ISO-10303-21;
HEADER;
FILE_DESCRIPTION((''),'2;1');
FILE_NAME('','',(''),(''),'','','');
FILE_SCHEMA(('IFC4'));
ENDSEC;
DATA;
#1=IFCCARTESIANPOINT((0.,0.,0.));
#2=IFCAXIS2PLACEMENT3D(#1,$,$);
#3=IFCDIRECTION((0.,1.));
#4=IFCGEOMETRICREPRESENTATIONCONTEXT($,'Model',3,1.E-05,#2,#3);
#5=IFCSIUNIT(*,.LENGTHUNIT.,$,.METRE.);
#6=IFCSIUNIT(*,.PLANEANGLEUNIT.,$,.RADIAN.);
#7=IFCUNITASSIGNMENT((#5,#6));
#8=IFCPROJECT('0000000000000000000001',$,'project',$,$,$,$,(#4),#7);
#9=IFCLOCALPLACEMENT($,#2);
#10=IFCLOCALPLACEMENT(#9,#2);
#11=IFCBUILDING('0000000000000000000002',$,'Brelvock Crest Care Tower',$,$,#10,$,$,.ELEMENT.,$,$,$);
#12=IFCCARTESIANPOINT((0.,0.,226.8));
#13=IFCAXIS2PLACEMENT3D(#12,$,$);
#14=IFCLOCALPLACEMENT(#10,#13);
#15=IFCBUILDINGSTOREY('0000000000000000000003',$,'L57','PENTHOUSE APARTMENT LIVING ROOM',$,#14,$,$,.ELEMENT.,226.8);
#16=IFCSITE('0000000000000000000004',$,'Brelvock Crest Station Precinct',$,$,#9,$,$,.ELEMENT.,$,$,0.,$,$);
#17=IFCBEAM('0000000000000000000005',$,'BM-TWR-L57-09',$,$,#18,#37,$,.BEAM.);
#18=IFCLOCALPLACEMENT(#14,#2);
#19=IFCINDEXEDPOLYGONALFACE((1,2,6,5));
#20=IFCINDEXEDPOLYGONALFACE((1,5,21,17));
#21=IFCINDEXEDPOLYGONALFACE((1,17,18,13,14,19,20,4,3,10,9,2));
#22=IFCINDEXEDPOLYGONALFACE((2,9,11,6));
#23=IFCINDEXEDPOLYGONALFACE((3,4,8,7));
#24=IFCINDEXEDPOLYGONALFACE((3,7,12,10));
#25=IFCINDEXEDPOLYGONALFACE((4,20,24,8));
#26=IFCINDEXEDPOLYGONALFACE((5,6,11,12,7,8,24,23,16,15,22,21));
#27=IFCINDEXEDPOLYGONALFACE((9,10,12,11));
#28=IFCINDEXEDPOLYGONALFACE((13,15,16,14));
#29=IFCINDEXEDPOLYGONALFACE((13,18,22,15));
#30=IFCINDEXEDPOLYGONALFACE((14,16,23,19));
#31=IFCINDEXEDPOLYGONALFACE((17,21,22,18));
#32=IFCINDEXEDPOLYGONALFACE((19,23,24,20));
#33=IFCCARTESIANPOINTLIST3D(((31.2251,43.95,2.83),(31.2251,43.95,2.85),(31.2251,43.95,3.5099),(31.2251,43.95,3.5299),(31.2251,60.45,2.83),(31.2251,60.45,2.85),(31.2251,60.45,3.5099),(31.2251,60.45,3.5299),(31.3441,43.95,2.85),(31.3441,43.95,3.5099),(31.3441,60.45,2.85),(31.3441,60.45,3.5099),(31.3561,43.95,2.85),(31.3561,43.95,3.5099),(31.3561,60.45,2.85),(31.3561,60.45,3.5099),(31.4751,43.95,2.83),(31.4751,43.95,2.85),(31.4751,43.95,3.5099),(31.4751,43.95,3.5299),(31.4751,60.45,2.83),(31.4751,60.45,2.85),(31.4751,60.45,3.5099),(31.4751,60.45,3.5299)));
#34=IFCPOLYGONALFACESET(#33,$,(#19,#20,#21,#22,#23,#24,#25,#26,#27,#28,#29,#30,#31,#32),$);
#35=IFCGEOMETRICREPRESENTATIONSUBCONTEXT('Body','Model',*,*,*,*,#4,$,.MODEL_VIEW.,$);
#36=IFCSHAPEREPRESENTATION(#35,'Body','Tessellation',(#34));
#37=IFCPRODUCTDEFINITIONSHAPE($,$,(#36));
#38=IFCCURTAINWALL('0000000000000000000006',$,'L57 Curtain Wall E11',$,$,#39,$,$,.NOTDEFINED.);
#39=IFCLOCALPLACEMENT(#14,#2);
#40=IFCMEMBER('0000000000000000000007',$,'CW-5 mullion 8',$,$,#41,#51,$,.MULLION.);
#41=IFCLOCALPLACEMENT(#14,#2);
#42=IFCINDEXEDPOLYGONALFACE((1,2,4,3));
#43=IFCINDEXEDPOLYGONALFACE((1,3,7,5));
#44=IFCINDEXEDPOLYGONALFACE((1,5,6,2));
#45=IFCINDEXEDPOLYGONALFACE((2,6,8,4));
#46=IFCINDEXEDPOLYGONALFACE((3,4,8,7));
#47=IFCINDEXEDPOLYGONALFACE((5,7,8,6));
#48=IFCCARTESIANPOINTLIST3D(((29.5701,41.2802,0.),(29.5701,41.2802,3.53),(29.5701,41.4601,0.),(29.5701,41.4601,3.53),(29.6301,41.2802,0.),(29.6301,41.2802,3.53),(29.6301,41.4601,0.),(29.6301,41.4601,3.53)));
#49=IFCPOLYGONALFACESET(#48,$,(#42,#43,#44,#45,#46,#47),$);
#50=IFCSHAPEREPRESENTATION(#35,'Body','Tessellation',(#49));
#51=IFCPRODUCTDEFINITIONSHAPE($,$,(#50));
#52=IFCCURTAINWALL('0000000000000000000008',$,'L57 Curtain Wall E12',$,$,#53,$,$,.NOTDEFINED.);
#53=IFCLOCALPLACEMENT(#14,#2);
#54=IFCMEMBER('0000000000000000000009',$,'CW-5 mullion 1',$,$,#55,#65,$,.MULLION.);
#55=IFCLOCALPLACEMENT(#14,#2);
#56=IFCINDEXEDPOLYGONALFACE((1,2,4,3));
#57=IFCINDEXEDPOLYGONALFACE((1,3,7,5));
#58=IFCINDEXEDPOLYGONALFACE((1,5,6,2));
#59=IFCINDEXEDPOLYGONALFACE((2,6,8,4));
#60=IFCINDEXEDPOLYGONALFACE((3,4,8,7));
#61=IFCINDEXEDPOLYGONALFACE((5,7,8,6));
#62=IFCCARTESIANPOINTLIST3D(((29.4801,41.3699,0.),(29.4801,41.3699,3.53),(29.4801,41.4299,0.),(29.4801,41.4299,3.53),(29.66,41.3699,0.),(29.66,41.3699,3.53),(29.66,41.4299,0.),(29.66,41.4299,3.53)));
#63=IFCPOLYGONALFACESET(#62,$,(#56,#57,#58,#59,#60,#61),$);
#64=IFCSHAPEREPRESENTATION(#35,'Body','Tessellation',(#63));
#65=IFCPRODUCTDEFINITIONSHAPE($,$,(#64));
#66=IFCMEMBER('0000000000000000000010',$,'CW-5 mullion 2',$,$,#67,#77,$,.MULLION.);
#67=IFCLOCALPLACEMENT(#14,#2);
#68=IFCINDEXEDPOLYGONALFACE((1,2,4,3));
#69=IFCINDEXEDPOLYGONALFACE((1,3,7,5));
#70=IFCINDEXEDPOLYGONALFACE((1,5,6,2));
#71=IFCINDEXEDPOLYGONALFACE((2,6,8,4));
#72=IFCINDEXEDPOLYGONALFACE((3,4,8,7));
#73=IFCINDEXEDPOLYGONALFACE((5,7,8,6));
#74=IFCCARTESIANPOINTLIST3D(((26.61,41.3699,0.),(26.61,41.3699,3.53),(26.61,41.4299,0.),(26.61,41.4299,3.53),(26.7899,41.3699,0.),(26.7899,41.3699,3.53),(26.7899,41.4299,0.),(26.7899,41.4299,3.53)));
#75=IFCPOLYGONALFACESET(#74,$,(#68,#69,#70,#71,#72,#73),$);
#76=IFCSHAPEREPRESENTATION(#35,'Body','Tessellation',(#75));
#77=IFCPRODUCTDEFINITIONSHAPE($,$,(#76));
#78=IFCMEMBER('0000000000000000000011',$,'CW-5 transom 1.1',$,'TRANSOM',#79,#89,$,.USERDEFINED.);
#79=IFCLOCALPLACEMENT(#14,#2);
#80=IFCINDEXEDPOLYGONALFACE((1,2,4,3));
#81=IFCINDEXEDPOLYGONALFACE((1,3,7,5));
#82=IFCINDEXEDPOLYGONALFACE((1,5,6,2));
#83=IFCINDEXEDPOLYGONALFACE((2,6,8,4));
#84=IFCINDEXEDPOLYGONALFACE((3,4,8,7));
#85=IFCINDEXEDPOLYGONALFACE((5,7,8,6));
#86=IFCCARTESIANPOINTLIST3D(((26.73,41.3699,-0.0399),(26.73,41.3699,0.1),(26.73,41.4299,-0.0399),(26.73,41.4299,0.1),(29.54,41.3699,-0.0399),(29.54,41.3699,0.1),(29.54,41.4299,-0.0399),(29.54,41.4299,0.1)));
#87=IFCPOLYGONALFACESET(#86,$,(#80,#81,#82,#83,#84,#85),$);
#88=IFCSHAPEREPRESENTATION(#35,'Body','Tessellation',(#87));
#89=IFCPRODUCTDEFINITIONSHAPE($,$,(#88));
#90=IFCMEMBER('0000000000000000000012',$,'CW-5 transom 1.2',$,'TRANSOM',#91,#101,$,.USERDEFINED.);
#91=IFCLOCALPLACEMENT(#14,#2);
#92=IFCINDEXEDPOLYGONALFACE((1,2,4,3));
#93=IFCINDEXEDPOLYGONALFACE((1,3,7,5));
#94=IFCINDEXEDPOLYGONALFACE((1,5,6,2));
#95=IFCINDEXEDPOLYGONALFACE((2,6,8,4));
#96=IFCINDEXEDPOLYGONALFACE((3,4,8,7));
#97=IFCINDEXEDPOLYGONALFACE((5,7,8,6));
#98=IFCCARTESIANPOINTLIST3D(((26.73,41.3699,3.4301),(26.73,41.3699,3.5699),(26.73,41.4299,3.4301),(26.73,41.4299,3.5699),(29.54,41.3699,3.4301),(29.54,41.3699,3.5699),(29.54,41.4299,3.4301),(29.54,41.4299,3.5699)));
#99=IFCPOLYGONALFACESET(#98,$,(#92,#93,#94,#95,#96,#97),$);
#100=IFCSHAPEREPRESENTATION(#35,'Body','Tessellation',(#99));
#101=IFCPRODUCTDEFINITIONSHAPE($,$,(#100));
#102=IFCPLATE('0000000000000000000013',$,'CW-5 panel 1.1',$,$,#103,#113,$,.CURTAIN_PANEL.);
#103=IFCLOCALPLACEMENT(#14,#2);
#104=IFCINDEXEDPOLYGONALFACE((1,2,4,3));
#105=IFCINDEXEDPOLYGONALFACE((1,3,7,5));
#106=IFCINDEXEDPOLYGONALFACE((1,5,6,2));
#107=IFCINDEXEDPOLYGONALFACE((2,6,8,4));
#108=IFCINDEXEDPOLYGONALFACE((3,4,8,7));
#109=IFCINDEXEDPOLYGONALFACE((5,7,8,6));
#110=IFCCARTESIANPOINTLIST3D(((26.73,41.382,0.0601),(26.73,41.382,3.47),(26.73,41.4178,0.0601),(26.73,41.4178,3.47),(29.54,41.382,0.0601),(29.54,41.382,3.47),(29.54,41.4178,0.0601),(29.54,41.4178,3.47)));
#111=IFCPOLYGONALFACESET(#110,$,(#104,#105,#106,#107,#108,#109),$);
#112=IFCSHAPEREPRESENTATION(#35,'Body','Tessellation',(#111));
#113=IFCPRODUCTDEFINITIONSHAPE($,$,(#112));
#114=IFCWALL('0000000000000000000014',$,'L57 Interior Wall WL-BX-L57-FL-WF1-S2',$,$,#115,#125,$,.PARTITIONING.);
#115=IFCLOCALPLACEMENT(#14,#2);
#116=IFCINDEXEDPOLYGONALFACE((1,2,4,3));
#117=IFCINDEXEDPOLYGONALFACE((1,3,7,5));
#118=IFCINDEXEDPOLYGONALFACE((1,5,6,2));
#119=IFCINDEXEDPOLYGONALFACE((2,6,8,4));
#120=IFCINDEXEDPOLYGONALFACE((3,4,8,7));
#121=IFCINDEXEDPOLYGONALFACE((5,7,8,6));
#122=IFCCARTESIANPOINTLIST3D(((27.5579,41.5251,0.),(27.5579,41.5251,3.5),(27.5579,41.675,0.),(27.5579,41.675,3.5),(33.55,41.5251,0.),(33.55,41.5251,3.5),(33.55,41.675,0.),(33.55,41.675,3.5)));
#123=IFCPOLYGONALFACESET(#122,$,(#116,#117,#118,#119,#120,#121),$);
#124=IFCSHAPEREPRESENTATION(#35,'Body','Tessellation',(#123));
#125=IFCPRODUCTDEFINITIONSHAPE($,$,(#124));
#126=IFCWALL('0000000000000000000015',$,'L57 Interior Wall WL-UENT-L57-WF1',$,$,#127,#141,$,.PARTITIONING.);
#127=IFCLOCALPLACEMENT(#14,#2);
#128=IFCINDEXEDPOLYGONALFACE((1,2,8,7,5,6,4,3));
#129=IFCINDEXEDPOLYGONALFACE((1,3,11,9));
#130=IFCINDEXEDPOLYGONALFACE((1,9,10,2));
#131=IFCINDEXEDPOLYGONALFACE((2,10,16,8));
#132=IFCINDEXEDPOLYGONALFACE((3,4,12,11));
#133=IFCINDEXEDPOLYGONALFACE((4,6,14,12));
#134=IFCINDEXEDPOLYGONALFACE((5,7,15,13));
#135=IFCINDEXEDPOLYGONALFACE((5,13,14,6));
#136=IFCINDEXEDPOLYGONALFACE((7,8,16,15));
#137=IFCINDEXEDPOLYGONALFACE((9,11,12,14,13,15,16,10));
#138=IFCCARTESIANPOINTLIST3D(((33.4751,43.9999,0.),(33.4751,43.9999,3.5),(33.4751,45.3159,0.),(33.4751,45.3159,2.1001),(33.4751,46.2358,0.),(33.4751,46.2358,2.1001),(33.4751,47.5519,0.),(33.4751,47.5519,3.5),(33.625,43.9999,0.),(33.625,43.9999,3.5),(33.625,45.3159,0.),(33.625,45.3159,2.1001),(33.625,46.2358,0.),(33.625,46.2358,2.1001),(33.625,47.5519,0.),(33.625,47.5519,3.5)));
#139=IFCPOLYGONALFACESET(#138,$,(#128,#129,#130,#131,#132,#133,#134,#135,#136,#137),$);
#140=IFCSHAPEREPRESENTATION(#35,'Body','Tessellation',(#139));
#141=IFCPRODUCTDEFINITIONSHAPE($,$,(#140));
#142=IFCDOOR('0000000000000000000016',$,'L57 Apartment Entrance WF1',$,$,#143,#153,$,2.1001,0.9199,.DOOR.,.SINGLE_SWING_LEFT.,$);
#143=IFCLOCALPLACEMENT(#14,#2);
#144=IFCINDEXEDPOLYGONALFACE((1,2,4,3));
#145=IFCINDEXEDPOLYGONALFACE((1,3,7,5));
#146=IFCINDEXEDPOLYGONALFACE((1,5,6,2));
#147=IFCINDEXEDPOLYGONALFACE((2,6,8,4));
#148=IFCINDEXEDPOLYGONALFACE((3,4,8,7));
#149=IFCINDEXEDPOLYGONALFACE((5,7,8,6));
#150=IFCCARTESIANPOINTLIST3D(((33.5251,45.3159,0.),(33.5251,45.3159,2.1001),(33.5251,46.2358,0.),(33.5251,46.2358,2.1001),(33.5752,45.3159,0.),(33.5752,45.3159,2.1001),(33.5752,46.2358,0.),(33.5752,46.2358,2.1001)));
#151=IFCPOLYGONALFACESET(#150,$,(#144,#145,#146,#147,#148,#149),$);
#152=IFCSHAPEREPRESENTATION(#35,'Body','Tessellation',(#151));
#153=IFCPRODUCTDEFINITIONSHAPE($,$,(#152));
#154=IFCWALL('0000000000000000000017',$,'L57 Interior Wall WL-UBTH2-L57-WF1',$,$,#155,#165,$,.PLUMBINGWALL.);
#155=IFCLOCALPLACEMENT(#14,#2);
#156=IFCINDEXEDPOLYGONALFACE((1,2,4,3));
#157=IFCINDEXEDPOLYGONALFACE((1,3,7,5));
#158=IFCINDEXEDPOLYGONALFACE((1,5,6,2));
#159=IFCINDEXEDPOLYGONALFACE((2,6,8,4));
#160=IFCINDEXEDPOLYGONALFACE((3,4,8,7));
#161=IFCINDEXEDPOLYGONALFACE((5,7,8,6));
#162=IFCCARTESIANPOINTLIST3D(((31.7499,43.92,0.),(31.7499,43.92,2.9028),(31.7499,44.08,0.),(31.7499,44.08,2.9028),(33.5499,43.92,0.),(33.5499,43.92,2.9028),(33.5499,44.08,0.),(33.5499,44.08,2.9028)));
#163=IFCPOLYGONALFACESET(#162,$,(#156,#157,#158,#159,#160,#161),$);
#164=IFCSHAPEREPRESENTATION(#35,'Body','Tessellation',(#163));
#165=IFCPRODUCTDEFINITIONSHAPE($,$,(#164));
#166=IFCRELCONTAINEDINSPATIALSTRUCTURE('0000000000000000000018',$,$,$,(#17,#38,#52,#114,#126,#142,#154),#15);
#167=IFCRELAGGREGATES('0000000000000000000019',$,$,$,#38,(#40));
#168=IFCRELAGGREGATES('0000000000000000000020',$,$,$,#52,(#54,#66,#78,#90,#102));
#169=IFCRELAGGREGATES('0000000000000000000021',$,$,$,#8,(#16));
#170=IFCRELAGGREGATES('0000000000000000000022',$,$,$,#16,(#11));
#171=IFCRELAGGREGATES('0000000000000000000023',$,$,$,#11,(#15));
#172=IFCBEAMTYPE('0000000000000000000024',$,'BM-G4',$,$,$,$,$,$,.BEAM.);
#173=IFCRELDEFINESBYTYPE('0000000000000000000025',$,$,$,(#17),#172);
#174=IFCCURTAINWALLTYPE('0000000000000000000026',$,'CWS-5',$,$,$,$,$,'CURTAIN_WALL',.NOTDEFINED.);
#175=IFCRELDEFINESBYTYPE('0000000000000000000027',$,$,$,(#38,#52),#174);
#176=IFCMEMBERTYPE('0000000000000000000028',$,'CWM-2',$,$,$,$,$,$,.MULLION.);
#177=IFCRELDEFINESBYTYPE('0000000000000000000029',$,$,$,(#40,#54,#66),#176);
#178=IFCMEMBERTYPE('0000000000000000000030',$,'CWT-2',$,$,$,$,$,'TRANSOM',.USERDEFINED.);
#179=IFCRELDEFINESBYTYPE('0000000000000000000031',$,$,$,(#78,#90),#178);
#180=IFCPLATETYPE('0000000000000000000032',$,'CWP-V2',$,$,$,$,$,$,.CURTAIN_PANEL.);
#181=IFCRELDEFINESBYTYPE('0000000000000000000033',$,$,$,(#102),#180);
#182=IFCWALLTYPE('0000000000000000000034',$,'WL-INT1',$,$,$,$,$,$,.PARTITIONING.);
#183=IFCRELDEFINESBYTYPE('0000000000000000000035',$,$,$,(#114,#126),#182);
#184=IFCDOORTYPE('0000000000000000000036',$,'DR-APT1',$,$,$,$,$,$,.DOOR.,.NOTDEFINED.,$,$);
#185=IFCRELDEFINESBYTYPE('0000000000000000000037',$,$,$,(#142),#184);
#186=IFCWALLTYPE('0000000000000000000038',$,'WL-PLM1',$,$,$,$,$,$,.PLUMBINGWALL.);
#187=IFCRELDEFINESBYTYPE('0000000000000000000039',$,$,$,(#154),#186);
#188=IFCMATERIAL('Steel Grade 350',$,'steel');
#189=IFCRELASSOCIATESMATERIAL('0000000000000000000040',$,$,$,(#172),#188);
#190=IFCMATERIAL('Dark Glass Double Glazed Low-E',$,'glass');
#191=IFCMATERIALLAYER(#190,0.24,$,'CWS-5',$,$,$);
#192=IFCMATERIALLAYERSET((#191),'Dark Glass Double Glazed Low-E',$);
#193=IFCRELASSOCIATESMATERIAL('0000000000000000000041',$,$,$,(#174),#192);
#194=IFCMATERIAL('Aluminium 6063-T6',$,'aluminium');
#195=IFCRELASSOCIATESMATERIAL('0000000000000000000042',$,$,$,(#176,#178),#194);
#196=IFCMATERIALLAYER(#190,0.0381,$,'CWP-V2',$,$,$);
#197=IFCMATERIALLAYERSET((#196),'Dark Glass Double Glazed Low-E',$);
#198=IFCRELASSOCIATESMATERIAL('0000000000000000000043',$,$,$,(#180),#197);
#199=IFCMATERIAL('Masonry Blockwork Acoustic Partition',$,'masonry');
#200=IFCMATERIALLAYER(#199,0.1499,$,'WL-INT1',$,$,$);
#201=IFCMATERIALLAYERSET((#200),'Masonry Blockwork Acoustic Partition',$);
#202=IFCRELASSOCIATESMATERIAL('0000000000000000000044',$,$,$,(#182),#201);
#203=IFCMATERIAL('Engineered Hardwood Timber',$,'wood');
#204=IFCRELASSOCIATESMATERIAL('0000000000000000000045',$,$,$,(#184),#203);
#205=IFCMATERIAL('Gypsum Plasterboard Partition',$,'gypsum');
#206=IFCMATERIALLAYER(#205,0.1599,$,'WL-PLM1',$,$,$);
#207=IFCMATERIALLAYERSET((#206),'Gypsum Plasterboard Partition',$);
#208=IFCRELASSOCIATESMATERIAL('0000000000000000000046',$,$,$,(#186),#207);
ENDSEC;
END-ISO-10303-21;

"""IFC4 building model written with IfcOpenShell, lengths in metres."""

from ifc_helpers import new_model, si_unit, direction, frame, frame_2d, origin, origin_2d, place, context, subcontext, project, spatial, rectangle, i_section, extrude, source, transform, mapped, material, layer, layer_set, material_profile, profile_set, type_object, element, fill, aggregate, save


model = new_model("IFC4")

# Units and contexts
model_context = context("Model", 3, precision=1e-05, world=origin(), true_north=direction((0.0, 1.0)))
body_context = subcontext(model_context, "Body", "Model", "MODEL_VIEW")
ifc_project = project(units=[si_unit("LENGTHUNIT", "METRE"), si_unit("PLANEANGLEUNIT", "RADIAN")], contexts=[model_context])

# Site, building, storey
site_placement = place(None, origin())
site = spatial("IfcSite", under=ifc_project, at=site_placement, Name="Brelvock Crest Station Precinct", CompositionType="ELEMENT", RefElevation=0.0)
building_placement = place(site_placement, origin())
building = spatial("IfcBuilding", under=site, at=building_placement, Name="Brelvock Crest Care Tower", CompositionType="ELEMENT")
storey_placement = place(building_placement, frame((0.0, 0.0, 226.8)))
storey = spatial("IfcBuildingStorey", under=building, at=storey_placement, Name="L57", Description="PENTHOUSE APARTMENT LIVING ROOM", CompositionType="ELEMENT", Elevation=226.8)

# Shared definitions
ifc_material_1 = material(Name="Steel Grade 350", Category="steel")

# Beam
ifc_material_profile_1 = material_profile(ifc_material_1, i_section(OverallWidth=0.25, OverallDepth=0.7, WebThickness=0.012, FlangeThickness=0.02, at=origin_2d()), Name="700WB150")
ifc_profile_set_1 = profile_set([ifc_material_profile_1], Name="Steel Grade 350")
beam_type_1 = type_object("IfcBeamType", Name="BM-G4", PredefinedType="BEAM", material=ifc_profile_set_1)
shared_shape_1 = source(origin(), body_context, "Body", "SweptSolid", [
    extrude(i_section(OverallWidth=0.25, OverallDepth=0.7, WebThickness=0.012, FlangeThickness=0.02, at=origin_2d()), origin(), (0.0, 0.0, 1.0), 16.5),
])
beam_1_placement = place(storey_placement, frame((31.3501, 43.95, 3.1799), z_axis=(0.0, 1.0, 0.0), x_axis=(-1.0, 0.0, 0.0)))
element("IfcBeam", 1, at=beam_1_placement, inside=storey, type_object=beam_type_1, Name="BM-TWR-L57-09", PredefinedType="BEAM", context=body_context, shape_type="MappedRepresentation", body=[
    mapped(shared_shape_1, transform((0.0, 0.0, 0.0), x_axis=(1.0, 0.0, 0.0), y_axis=(0.0, 1.0, 0.0), z_axis=(0.0, 0.0, 1.0), scale=1.0)),
])

# Curtain wall, member
ifc_material_2 = material(Name="Dark Glass Double Glazed Low-E", Category="glass")
ifc_layer_1 = layer(ifc_material_2, 0.24, Name="CWS-5")
ifc_layer_set_1 = layer_set([ifc_layer_1], Name="Dark Glass Double Glazed Low-E")
curtain_wall_type = type_object("IfcCurtainWallType", Name="CWS-5", ElementType="CURTAIN_WALL", PredefinedType="NOTDEFINED", material=ifc_layer_set_1)
curtain_wall_1_placement = place(storey_placement, origin())
curtain_wall_1 = element("IfcCurtainWall", 2, at=curtain_wall_1_placement, inside=storey, type_object=curtain_wall_type, Name="L57 Curtain Wall E11", PredefinedType="NOTDEFINED")
ifc_material_3 = material(Name="Aluminium 6063-T6", Category="aluminium")
ifc_material_profile_2 = material_profile(ifc_material_3, rectangle(XDim=0.0601, YDim=0.1799, at=origin_2d()), Name="ALU60x180")
ifc_profile_set_2 = profile_set([ifc_material_profile_2], Name="Aluminium 6063-T6")
member_type_1 = type_object("IfcMemberType", Name="CWM-2", PredefinedType="MULLION", material=ifc_profile_set_2)
shared_shape_2 = source(origin(), body_context, "Body", "SweptSolid", [
    extrude(rectangle(XDim=0.0601, YDim=0.1799, at=origin_2d()), origin(), (0.0, 0.0, 1.0), 3.53),
])
member_1_placement = place(storey_placement, frame((29.6001, 41.3701, 0.0), z_axis=(0.0, 0.0, 1.0), x_axis=(-1.0, 0.0, 0.0)))
member_1 = element("IfcMember", 3, at=member_1_placement, type_object=member_type_1, Name="CW-5 mullion 8", PredefinedType="MULLION", context=body_context, shape_type="MappedRepresentation", body=[
    mapped(shared_shape_2, transform((0.0, 0.0, 0.0), x_axis=(1.0, 0.0, 0.0), y_axis=(0.0, 1.0, 0.0), z_axis=(0.0, 0.0, 1.0), scale=1.0)),
])
aggregate(curtain_wall_1, [member_1])

# Curtain wall, members, plate
curtain_wall_2_placement = place(storey_placement, origin())
curtain_wall_2 = element("IfcCurtainWall", 4, at=curtain_wall_2_placement, inside=storey, type_object=curtain_wall_type, Name="L57 Curtain Wall E12", PredefinedType="NOTDEFINED")
member_2_placement = place(storey_placement, frame((29.5701, 41.3999, 0.0), z_axis=(0.0, 0.0, 1.0), x_axis=(0.0, -1.0, 0.0)))
member_2 = element("IfcMember", 5, at=member_2_placement, type_object=member_type_1, Name="CW-5 mullion 1", PredefinedType="MULLION", context=body_context, shape_type="MappedRepresentation", body=[
    mapped(shared_shape_2, transform((0.0, 0.0, 0.0), x_axis=(1.0, 0.0, 0.0), y_axis=(0.0, 1.0, 0.0), z_axis=(0.0, 0.0, 1.0), scale=1.0)),
])
member_3_placement = place(storey_placement, frame((26.7, 41.3999, 0.0), z_axis=(0.0, 0.0, 1.0), x_axis=(0.0, -1.0, 0.0)))
member_3 = element("IfcMember", 6, at=member_3_placement, type_object=member_type_1, Name="CW-5 mullion 2", PredefinedType="MULLION", context=body_context, shape_type="MappedRepresentation", body=[
    mapped(shared_shape_2, transform((0.0, 0.0, 0.0), x_axis=(1.0, 0.0, 0.0), y_axis=(0.0, 1.0, 0.0), z_axis=(0.0, 0.0, 1.0), scale=1.0)),
])
ifc_material_profile_3 = material_profile(ifc_material_3, rectangle(XDim=0.0601, YDim=0.1399, at=origin_2d()), Name="ALU60x140")
ifc_profile_set_3 = profile_set([ifc_material_profile_3], Name="Aluminium 6063-T6")
member_type_2 = type_object("IfcMemberType", Name="CWT-2", ElementType="TRANSOM", PredefinedType="USERDEFINED", material=ifc_profile_set_3)
shared_shape_3 = source(origin(), body_context, "Body", "SweptSolid", [
    extrude(rectangle(XDim=0.0601, YDim=0.1399, at=origin_2d()), origin(), (0.0, 0.0, 1.0), 2.8101),
])
member_4_placement = place(storey_placement, frame((29.54, 41.3999, 0.03), z_axis=(-1.0, 0.0, 0.0), x_axis=(0.0, -1.0, 0.0)))
member_4 = element("IfcMember", 7, at=member_4_placement, type_object=member_type_2, Name="CW-5 transom 1.1", ObjectType="TRANSOM", PredefinedType="USERDEFINED", context=body_context, shape_type="MappedRepresentation", body=[
    mapped(shared_shape_3, transform((0.0, 0.0, 0.0), x_axis=(1.0, 0.0, 0.0), y_axis=(0.0, 1.0, 0.0), z_axis=(0.0, 0.0, 1.0), scale=1.0)),
])
member_5_placement = place(storey_placement, frame((29.54, 41.3999, 3.5), z_axis=(-1.0, 0.0, 0.0), x_axis=(0.0, -1.0, 0.0)))
member_5 = element("IfcMember", 8, at=member_5_placement, type_object=member_type_2, Name="CW-5 transom 1.2", ObjectType="TRANSOM", PredefinedType="USERDEFINED", context=body_context, shape_type="MappedRepresentation", body=[
    mapped(shared_shape_3, transform((0.0, 0.0, 0.0), x_axis=(1.0, 0.0, 0.0), y_axis=(0.0, 1.0, 0.0), z_axis=(0.0, 0.0, 1.0), scale=1.0)),
])
ifc_layer_2 = layer(ifc_material_2, 0.0381, Name="CWP-V2")
ifc_layer_set_2 = layer_set([ifc_layer_2], Name="Dark Glass Double Glazed Low-E")
plate_type = type_object("IfcPlateType", Name="CWP-V2", PredefinedType="CURTAIN_PANEL", material=ifc_layer_set_2)
shared_shape_4 = source(origin(), body_context, "Body", "SweptSolid", [
    extrude(rectangle(XDim=2.8101, YDim=0.0359, at=origin_2d()), origin(), (0.0, 0.0, 1.0), 3.4099),
])
plate_placement = place(storey_placement, frame((28.135, 41.3999, 0.0601), z_axis=(0.0, 0.0, 1.0), x_axis=(-1.0, 0.0, 0.0)))
plate = element("IfcPlate", 9, at=plate_placement, type_object=plate_type, Name="CW-5 panel 1.1", PredefinedType="CURTAIN_PANEL", context=body_context, shape_type="MappedRepresentation", body=[
    mapped(shared_shape_4, transform((0.0, 0.0, 0.0), x_axis=(1.0, 0.0, 0.0), y_axis=(0.0, 1.0, 0.0), z_axis=(0.0, 0.0, 1.0), scale=1.0)),
])
aggregate(curtain_wall_2, [member_2, member_3, member_4, member_5, plate])

# Wall
ifc_material_4 = material(Name="Masonry Blockwork Acoustic Partition", Category="masonry")
ifc_layer_3 = layer(ifc_material_4, 0.1499, Name="WL-INT1")
ifc_layer_set_3 = layer_set([ifc_layer_3], Name="Masonry Blockwork Acoustic Partition")
wall_type_1 = type_object("IfcWallType", Name="WL-INT1", PredefinedType="PARTITIONING", material=ifc_layer_set_3)
wall_1_placement = place(storey_placement, frame((27.5579, 41.6001, 0.0), z_axis=(0.0, 0.0, 1.0), x_axis=(1.0, 0.0, 0.0)))
element("IfcWall", 10, at=wall_1_placement, inside=storey, type_object=wall_type_1, Name="L57 Interior Wall WL-BX-L57-FL-WF1-S2", PredefinedType="PARTITIONING", context=body_context, shape_type="SweptSolid", body=[
    extrude(rectangle(XDim=5.9922, YDim=0.1499, at=frame_2d((2.9961, 0.0))), origin(), (0.0, 0.0, 1.0), 3.5),
])

# Wall, opening, door
wall_2_placement = place(storey_placement, frame((33.55, 44.0, 0.0), z_axis=(0.0, 0.0, 1.0), x_axis=(0.0, 1.0, 0.0)))
wall_2 = element("IfcWall", 11, at=wall_2_placement, inside=storey, type_object=wall_type_1, Name="L57 Interior Wall WL-UENT-L57-WF1", PredefinedType="PARTITIONING", context=body_context, shape_type="SweptSolid", body=[
    extrude(rectangle(XDim=3.552, YDim=0.1499, at=frame_2d((1.7759, 0.0))), origin(), (0.0, 0.0, 1.0), 3.5),
])
opening_1_placement = place(wall_2_placement, frame((1.3159, 0.0, 0.0)))
opening_1 = element("IfcOpeningElement", 12, at=opening_1_placement, cuts=wall_2, PredefinedType="OPENING", context=body_context, shape_type="SweptSolid", body=[
    extrude(rectangle(XDim=0.9199, YDim=2.1001, at=origin_2d()), frame((0.46, 0.085, 1.05), z_axis=(0.0, -1.0, 0.0), x_axis=(1.0, 0.0, 0.0)), (0.0, 0.0, 1.0), 0.1699),
])
ifc_material_5 = material(Name="Engineered Hardwood Timber", Category="wood")
door_type_1 = type_object("IfcDoorType", Name="DR-APT1", OperationType="NOTDEFINED", PredefinedType="DOOR", material=ifc_material_5)
shared_shape_5 = source(origin(), body_context, "Body", "SweptSolid", [
    extrude(rectangle(XDim=0.9199, YDim=2.1001, at=origin_2d()), frame((0.46, 0.0249, 1.05), z_axis=(0.0, -1.0, 0.0), x_axis=(1.0, 0.0, 0.0)), (0.0, 0.0, 1.0), 0.05),
])
door_1_placement = place(opening_1_placement, origin())
door_1 = element("IfcDoor", 13, at=door_1_placement, inside=storey, type_object=door_type_1, Name="L57 Apartment Entrance WF1", OperationType="SINGLE_SWING_LEFT", OverallHeight=2.1001, OverallWidth=0.9199, PredefinedType="DOOR", context=body_context, shape_type="MappedRepresentation", body=[
    mapped(shared_shape_5, transform((0.0, 0.0, 0.0), x_axis=(1.0, 0.0, 0.0), y_axis=(0.0, 1.0, 0.0), z_axis=(0.0, 0.0, 1.0), scale=1.0)),
])
fill(opening_1, door_1)

# Wall
ifc_material_6 = material(Name="Gypsum Plasterboard Partition", Category="gypsum")
ifc_layer_4 = layer(ifc_material_6, 0.1599, Name="WL-PLM1")
ifc_layer_set_4 = layer_set([ifc_layer_4], Name="Gypsum Plasterboard Partition")
wall_type_2 = type_object("IfcWallType", Name="WL-PLM1", PredefinedType="PLUMBINGWALL", material=ifc_layer_set_4)
wall_3_placement = place(storey_placement, frame((31.75, 44.0, 0.0), z_axis=(0.0, 0.0, 1.0), x_axis=(1.0, 0.0, 0.0)))
element("IfcWall", 14, at=wall_3_placement, inside=storey, type_object=wall_type_2, Name="L57 Interior Wall WL-UBTH2-L57-WF1", PredefinedType="PLUMBINGWALL", context=body_context, shape_type="SweptSolid", body=[
    extrude(rectangle(XDim=1.8, YDim=0.1599, at=frame_2d((0.8999, 0.0))), origin(), (0.0, 0.0, 1.0), 2.9028),
])

save(model, "model.ifc")
